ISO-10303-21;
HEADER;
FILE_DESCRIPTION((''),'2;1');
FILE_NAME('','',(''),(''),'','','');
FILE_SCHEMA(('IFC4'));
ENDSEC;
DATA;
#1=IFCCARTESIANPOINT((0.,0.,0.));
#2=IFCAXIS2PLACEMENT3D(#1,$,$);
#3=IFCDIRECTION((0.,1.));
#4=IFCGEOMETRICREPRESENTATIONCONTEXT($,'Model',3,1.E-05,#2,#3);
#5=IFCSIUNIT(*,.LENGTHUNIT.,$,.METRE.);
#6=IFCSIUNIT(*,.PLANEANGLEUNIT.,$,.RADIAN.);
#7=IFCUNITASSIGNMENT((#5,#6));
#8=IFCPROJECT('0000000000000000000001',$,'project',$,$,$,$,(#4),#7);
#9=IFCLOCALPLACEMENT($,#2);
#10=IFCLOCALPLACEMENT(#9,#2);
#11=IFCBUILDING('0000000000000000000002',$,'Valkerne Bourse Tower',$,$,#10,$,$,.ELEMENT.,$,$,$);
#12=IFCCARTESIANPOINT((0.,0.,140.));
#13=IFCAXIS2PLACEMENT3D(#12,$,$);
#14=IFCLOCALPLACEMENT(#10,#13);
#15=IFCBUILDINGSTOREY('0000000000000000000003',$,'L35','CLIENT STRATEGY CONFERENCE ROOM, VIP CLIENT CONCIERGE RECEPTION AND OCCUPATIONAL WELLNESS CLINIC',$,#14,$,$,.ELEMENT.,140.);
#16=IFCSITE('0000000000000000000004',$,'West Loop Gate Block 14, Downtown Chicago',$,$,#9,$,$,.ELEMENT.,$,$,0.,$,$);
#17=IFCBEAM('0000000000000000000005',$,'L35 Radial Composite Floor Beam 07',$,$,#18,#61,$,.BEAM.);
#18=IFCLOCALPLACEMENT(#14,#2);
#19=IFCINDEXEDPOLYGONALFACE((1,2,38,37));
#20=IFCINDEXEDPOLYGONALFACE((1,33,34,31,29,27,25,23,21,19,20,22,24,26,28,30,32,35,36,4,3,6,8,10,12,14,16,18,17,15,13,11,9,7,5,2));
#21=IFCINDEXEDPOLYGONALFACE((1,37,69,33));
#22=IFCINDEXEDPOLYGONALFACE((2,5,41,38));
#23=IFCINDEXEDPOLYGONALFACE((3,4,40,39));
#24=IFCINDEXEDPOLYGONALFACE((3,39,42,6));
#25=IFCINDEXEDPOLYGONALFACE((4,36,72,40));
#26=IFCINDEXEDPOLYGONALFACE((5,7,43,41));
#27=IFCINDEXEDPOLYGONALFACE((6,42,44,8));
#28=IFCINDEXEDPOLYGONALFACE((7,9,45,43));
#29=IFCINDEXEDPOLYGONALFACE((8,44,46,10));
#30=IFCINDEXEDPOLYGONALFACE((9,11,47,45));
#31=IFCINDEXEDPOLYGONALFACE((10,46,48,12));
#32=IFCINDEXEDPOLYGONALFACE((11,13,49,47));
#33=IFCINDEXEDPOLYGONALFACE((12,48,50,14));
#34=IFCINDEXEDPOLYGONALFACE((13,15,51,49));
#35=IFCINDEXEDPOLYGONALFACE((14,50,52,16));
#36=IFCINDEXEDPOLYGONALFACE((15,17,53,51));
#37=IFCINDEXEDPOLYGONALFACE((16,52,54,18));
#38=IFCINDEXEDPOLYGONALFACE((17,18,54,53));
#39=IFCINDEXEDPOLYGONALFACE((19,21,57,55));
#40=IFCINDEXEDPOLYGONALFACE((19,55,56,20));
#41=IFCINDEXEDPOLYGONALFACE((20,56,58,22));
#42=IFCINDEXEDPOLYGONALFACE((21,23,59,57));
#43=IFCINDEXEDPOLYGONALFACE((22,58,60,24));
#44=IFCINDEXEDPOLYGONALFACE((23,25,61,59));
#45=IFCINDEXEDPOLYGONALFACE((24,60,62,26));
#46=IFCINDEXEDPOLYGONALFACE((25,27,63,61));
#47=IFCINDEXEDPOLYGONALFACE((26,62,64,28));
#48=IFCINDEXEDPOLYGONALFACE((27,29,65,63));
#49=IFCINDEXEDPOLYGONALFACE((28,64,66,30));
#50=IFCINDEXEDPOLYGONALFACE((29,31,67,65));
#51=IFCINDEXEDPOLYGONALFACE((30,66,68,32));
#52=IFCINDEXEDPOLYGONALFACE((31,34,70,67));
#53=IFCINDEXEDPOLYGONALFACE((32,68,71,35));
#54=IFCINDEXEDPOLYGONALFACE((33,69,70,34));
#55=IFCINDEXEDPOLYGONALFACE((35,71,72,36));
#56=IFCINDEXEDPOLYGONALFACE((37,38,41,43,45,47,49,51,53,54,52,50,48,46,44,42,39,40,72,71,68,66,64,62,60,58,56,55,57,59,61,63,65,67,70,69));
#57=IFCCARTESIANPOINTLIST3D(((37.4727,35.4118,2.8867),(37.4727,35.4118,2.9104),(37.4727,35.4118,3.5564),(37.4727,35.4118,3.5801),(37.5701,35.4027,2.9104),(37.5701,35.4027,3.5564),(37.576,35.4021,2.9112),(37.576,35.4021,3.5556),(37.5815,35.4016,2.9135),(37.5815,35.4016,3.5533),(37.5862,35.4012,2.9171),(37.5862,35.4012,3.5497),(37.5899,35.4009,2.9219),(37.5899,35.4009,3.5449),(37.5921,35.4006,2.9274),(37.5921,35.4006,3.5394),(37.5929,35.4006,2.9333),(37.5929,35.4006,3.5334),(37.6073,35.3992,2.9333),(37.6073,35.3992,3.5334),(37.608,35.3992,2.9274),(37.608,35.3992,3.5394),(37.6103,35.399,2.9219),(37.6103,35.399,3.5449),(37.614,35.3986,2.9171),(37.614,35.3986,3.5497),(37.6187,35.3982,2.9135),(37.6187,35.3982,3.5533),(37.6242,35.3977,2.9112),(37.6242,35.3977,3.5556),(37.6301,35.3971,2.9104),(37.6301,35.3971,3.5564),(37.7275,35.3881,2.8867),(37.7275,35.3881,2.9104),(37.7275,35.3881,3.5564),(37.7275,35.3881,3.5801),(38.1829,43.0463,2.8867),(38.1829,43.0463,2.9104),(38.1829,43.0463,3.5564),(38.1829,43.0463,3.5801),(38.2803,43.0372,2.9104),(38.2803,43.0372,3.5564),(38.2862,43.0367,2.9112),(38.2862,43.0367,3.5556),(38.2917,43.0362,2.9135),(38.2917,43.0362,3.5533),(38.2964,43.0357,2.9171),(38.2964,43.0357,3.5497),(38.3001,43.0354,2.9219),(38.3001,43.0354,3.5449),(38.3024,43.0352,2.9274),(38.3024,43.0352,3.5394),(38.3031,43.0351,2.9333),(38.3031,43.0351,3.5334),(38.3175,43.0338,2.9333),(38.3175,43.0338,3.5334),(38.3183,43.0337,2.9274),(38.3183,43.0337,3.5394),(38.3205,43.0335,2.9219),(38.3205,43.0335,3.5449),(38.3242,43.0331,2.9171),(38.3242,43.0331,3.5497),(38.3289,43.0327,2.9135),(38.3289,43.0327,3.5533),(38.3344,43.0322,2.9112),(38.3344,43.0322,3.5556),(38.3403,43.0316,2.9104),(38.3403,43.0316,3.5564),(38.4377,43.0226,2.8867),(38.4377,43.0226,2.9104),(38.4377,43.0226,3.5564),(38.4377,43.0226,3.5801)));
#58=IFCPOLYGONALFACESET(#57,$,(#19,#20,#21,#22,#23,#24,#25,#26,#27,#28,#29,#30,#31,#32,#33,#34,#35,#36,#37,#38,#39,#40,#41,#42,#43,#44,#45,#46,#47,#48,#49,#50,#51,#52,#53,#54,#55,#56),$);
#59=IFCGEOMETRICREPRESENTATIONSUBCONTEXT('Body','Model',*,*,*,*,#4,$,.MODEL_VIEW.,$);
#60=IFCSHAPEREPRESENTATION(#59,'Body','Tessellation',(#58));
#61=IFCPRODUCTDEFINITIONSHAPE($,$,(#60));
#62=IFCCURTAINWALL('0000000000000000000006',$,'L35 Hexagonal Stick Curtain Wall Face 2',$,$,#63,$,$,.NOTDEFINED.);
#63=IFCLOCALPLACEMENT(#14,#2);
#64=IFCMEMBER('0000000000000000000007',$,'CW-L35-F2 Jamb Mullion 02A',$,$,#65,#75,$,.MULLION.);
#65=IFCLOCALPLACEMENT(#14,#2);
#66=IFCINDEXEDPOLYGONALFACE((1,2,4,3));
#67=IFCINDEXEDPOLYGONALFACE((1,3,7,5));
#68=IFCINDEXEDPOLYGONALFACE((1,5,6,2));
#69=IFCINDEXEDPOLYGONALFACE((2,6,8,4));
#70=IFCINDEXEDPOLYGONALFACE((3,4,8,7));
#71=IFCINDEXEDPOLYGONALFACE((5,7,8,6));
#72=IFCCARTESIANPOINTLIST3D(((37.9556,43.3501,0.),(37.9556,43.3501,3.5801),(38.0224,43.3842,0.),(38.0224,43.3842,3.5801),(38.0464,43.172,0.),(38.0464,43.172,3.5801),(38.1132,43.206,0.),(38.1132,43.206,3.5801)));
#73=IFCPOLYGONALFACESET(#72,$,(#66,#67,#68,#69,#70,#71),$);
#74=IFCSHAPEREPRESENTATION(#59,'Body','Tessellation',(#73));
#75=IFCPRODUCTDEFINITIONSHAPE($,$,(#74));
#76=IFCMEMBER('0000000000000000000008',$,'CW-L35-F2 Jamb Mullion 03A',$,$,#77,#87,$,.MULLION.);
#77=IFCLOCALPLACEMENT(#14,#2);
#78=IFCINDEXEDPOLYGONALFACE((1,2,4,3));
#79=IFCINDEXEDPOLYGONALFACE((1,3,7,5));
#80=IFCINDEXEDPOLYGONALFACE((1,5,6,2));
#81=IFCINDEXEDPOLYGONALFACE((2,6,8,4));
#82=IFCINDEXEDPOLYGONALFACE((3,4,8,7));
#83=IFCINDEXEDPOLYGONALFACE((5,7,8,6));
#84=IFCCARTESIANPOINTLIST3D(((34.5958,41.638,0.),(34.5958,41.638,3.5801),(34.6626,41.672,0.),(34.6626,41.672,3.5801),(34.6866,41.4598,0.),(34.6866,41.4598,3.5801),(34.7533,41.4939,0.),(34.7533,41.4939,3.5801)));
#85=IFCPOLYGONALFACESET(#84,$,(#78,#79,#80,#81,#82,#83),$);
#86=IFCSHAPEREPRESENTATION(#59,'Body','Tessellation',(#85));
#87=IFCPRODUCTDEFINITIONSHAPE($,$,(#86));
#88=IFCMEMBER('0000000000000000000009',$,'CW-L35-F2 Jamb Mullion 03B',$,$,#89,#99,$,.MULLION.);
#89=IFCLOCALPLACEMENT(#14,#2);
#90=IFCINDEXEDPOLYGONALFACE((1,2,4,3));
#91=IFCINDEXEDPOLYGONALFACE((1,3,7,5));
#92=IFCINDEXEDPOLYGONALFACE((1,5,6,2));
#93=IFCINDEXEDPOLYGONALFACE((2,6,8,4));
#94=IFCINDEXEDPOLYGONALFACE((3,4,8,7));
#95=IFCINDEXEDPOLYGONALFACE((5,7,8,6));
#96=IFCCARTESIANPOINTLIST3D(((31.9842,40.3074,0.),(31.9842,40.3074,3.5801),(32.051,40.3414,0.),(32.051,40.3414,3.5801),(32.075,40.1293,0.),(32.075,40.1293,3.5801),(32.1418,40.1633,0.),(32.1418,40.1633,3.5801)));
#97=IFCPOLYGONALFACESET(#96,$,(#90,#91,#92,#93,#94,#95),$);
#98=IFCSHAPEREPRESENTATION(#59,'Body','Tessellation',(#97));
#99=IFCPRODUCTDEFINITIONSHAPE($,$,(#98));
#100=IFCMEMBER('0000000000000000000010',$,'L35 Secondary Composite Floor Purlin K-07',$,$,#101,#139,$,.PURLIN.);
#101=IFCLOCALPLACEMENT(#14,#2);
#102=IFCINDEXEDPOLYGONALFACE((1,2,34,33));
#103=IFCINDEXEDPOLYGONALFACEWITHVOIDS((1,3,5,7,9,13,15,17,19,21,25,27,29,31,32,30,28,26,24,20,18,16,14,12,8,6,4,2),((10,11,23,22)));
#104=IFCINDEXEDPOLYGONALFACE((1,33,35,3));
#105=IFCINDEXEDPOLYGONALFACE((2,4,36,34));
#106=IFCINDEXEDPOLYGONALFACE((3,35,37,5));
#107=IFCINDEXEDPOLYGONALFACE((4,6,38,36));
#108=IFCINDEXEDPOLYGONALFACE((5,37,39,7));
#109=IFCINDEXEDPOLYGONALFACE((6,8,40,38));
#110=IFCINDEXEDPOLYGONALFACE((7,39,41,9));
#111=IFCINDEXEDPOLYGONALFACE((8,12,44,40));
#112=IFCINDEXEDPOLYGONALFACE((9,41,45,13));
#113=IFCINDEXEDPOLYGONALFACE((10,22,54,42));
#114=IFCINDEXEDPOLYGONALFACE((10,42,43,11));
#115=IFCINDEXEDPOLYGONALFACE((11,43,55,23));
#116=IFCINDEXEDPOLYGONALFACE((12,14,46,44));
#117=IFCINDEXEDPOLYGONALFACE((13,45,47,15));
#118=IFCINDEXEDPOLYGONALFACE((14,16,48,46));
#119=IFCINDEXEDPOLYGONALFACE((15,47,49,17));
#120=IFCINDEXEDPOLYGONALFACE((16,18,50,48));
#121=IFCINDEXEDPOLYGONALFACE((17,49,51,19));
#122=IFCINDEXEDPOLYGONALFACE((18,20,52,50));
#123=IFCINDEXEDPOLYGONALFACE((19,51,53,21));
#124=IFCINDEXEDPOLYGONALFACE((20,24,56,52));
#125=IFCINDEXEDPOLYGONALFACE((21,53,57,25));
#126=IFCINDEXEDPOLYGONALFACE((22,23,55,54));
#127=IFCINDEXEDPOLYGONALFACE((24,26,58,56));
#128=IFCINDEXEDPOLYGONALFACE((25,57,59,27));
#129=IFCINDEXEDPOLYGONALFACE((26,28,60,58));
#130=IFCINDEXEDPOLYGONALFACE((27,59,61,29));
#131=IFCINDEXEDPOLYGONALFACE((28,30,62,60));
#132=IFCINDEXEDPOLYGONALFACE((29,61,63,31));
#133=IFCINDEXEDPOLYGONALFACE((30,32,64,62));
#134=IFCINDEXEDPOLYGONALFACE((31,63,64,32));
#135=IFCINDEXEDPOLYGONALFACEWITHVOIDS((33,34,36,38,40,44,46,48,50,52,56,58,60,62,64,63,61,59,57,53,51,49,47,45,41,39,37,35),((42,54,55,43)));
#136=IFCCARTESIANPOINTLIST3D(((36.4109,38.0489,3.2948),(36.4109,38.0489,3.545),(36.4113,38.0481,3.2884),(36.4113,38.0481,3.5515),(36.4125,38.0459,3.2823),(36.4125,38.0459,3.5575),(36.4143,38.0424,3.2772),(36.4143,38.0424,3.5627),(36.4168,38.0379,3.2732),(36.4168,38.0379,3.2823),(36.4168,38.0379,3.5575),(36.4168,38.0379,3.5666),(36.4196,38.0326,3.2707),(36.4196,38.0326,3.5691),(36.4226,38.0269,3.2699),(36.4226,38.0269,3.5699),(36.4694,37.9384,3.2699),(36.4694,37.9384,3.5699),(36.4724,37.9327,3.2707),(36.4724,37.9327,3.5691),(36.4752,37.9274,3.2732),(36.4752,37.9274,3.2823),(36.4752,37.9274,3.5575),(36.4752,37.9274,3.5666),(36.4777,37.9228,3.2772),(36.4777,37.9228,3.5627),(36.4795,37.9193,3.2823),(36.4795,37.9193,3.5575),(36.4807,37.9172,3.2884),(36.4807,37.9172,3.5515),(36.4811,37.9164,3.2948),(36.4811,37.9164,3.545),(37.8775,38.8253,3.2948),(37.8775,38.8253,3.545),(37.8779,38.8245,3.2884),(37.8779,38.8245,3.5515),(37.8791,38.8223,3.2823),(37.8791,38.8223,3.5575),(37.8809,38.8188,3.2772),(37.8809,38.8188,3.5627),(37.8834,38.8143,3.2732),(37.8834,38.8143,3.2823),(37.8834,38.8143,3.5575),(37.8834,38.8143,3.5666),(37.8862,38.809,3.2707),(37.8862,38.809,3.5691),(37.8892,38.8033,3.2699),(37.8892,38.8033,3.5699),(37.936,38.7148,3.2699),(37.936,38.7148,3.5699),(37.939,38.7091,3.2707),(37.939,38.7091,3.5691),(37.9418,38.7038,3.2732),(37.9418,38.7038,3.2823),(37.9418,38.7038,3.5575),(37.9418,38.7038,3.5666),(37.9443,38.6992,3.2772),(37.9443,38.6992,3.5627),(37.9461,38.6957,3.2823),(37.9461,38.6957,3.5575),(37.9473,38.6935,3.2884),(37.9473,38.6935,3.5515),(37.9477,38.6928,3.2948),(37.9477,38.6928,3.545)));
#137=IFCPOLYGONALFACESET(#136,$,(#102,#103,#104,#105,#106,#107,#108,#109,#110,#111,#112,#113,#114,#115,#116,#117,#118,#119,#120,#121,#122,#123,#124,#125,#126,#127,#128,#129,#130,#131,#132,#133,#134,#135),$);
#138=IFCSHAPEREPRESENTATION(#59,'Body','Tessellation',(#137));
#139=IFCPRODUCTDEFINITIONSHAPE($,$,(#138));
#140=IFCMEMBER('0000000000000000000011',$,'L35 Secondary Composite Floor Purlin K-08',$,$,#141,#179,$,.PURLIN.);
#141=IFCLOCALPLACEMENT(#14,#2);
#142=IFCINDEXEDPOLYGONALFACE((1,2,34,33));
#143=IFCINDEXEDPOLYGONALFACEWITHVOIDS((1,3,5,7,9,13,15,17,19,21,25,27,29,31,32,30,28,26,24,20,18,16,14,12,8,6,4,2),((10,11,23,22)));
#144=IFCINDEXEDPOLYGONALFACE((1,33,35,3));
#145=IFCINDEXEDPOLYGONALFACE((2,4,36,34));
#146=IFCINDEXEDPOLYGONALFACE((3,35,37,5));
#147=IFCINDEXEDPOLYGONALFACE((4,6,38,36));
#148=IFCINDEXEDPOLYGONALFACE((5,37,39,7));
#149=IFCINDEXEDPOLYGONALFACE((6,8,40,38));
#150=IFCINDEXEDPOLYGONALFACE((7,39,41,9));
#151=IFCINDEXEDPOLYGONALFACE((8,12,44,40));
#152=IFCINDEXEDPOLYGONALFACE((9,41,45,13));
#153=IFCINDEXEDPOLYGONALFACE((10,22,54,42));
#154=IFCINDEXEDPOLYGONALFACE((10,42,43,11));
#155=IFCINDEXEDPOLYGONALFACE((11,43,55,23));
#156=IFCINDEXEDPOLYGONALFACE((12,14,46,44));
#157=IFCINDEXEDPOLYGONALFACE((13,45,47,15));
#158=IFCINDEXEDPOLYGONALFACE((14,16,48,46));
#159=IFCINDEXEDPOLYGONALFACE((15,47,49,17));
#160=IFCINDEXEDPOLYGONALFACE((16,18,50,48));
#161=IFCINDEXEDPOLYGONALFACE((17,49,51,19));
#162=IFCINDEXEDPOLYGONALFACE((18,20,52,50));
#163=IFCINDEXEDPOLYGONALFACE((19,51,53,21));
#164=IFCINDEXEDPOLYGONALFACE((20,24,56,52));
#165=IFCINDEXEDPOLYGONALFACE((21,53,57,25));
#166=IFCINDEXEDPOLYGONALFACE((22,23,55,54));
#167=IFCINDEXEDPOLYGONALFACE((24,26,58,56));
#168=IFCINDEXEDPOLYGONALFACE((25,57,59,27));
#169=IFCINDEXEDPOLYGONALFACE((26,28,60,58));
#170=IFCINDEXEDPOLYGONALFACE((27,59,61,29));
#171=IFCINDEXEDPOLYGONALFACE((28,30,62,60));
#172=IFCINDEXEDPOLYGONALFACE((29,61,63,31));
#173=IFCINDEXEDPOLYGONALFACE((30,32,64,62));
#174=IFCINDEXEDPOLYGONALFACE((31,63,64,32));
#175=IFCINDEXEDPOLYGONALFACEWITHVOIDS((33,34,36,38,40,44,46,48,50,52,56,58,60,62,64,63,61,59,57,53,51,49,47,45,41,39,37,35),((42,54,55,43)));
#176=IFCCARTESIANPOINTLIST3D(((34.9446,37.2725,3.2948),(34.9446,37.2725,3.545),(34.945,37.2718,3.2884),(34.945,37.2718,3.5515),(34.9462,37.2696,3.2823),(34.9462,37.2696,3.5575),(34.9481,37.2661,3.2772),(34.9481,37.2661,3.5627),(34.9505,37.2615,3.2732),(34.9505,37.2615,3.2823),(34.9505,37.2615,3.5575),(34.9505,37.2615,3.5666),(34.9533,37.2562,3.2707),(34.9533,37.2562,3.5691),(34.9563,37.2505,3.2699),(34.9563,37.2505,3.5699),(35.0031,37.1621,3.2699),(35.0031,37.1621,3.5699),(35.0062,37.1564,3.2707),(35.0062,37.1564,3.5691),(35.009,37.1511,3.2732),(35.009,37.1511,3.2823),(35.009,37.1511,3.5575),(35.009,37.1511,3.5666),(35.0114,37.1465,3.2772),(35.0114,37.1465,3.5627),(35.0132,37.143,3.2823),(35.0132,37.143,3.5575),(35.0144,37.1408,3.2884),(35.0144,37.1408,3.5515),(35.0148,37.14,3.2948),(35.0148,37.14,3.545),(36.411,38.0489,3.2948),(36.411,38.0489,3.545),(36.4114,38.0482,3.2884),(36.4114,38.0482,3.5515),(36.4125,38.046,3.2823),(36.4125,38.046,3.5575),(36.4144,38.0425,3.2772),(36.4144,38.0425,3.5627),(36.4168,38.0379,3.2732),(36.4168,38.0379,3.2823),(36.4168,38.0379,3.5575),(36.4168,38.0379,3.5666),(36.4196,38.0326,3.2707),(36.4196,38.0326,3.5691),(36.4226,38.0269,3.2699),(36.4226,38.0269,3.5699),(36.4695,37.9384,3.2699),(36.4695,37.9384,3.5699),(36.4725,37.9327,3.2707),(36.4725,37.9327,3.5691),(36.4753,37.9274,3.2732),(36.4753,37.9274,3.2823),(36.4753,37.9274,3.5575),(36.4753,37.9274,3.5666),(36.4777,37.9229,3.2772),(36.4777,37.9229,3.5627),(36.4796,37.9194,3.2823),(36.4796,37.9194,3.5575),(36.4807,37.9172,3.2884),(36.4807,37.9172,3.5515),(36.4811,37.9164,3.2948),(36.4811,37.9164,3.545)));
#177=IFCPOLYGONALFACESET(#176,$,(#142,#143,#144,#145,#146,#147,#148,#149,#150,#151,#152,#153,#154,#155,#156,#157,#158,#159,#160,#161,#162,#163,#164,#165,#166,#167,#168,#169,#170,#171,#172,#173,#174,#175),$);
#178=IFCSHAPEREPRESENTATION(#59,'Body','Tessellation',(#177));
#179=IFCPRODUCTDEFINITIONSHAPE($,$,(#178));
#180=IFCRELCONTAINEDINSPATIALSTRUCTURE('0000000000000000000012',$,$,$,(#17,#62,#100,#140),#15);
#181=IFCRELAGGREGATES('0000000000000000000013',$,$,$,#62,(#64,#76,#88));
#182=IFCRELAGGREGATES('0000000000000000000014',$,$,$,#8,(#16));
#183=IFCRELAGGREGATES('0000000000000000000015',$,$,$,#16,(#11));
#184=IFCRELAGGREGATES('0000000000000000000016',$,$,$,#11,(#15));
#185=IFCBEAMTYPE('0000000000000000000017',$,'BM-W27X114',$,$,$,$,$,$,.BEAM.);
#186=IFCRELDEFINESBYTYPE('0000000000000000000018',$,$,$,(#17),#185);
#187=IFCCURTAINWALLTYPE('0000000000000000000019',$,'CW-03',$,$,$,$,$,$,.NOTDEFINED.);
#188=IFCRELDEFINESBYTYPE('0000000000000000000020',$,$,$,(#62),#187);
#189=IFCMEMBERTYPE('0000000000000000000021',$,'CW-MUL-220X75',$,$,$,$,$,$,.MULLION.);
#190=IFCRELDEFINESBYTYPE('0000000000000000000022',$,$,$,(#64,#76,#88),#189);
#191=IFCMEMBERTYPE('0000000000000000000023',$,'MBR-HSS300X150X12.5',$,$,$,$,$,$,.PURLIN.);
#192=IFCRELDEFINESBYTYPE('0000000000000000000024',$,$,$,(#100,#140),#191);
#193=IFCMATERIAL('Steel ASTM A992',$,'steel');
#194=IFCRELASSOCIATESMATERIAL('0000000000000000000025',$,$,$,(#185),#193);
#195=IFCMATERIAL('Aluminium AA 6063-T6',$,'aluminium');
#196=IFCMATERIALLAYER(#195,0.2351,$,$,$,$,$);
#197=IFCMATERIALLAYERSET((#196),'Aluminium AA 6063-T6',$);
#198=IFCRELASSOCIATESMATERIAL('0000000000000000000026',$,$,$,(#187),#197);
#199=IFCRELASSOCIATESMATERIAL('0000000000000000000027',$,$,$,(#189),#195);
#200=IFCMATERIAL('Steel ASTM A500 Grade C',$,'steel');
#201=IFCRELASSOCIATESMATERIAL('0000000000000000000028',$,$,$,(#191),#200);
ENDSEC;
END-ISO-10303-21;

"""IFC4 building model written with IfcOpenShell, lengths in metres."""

from ifc_helpers import new_model, si_unit, direction, frame, origin, origin_2d, place, context, subcontext, project, spatial, rectangle, hollow_rectangle, i_section, extrude, material, layer, layer_set, material_profile, profile_set, type_object, element, aggregate, save


model = new_model("IFC4")

# Units and contexts
model_context = context("Model", 3, precision=1e-05, world=origin(), true_north=direction((0.0, 1.0)))
body_context = subcontext(model_context, "Body", "Model", "MODEL_VIEW")
ifc_project = project(units=[si_unit("LENGTHUNIT", "METRE"), si_unit("PLANEANGLEUNIT", "RADIAN")], contexts=[model_context])

# Site, building, storey
site_placement = place(None, origin())
site = spatial("IfcSite", under=ifc_project, at=site_placement, Name="West Loop Gate Block 14, Downtown Chicago", CompositionType="ELEMENT", RefElevation=0.0)
building_placement = place(site_placement, origin())
building = spatial("IfcBuilding", under=site, at=building_placement, Name="Valkerne Bourse Tower", CompositionType="ELEMENT")
storey_placement = place(building_placement, frame((0.0, 0.0, 140.0)))
storey = spatial("IfcBuildingStorey", under=building, at=storey_placement, Name="L35", Description="CLIENT STRATEGY CONFERENCE ROOM, VIP CLIENT CONCIERGE RECEPTION AND OCCUPATIONAL WELLNESS CLINIC", CompositionType="ELEMENT", Elevation=140.0)

# Beam
ifc_material_1 = material(Name="Steel ASTM A992", Category="steel")
ifc_material_profile_1 = material_profile(ifc_material_1, i_section(OverallWidth=0.2559, OverallDepth=0.6934, WebThickness=0.0144, FlangeThickness=0.0237, FilletRadius=0.0229, at=origin_2d()), Name="W27X114")
ifc_profile_set_1 = profile_set([ifc_material_profile_1], Name="Steel ASTM A992")
beam_type_1 = type_object("IfcBeamType", Name="BM-W27X114", PredefinedType="BEAM", material=ifc_profile_set_1)
beam_1_placement = place(storey_placement, frame((38.3103, 43.0344, 3.2334), z_axis=(-0.092626, -0.995701, 0.0), x_axis=(0.995701, -0.092626, 0.0)))
element("IfcBeam", 1, at=beam_1_placement, inside=storey, type_object=beam_type_1, Name="L35 Radial Composite Floor Beam 07", PredefinedType="BEAM", context=body_context, shape_type="SweptSolid", body=[
    extrude(i_section(OverallWidth=0.2559, OverallDepth=0.6934, WebThickness=0.0144, FlangeThickness=0.0237, FilletRadius=0.0229, at=origin_2d()), origin(), (0.0, 0.0, 1.0), 7.6675),
])

# Curtain wall, members
ifc_material_2 = material(Name="Aluminium AA 6063-T6", Category="aluminium")
ifc_layer_1 = layer(ifc_material_2, 0.2351)
ifc_layer_set_1 = layer_set([ifc_layer_1], Name="Aluminium AA 6063-T6")
curtain_wall_type = type_object("IfcCurtainWallType", Name="CW-03", PredefinedType="NOTDEFINED", material=ifc_layer_set_1)
curtain_wall_placement = place(storey_placement, origin())
curtain_wall = element("IfcCurtainWall", 2, at=curtain_wall_placement, inside=storey, type_object=curtain_wall_type, Name="L35 Hexagonal Stick Curtain Wall Face 2", PredefinedType="NOTDEFINED")
ifc_material_profile_2 = material_profile(ifc_material_2, rectangle(XDim=0.075, YDim=0.2, at=origin_2d()), Name="CWM-75X200")
ifc_profile_set_2 = profile_set([ifc_material_profile_2], Name="Aluminium AA 6063-T6")
member_type_1 = type_object("IfcMemberType", Name="CW-MUL-220X75", PredefinedType="MULLION", material=ifc_profile_set_2)
member_1_placement = place(storey_placement, frame((38.0344, 43.2781, 0.0), z_axis=(0.0, 0.0, 1.0), x_axis=(-0.891002, -0.454, 0.0)))
member_1 = element("IfcMember", 3, at=member_1_placement, type_object=member_type_1, Name="CW-L35-F2 Jamb Mullion 02A", PredefinedType="MULLION", context=body_context, shape_type="SweptSolid", body=[
    extrude(rectangle(XDim=0.075, YDim=0.2, at=origin_2d()), origin(), (0.0, 0.0, 1.0), 3.5801),
])
member_2_placement = place(storey_placement, frame((34.6746, 41.5659, 0.0), z_axis=(0.0, 0.0, 1.0), x_axis=(-0.891007, -0.453989, 0.0)))
member_2 = element("IfcMember", 4, at=member_2_placement, type_object=member_type_1, Name="CW-L35-F2 Jamb Mullion 03A", PredefinedType="MULLION", context=body_context, shape_type="SweptSolid", body=[
    extrude(rectangle(XDim=0.075, YDim=0.2, at=origin_2d()), origin(), (0.0, 0.0, 1.0), 3.5801),
])
member_3_placement = place(storey_placement, frame((32.063, 40.2354, 0.0), z_axis=(0.0, 0.0, 1.0), x_axis=(-0.891007, -0.453989, 0.0)))
member_3 = element("IfcMember", 5, at=member_3_placement, type_object=member_type_1, Name="CW-L35-F2 Jamb Mullion 03B", PredefinedType="MULLION", context=body_context, shape_type="SweptSolid", body=[
    extrude(rectangle(XDim=0.075, YDim=0.2, at=origin_2d()), origin(), (0.0, 0.0, 1.0), 3.5801),
])

# Members
ifc_material_3 = material(Name="Steel ASTM A500 Grade C", Category="steel")
ifc_material_profile_3 = material_profile(ifc_material_3, hollow_rectangle(XDim=0.1499, YDim=0.3, WallThickness=0.0125, OuterFilletRadius=0.0249, at=origin_2d()), Name="HSS300X150X12.5")
ifc_profile_set_3 = profile_set([ifc_material_profile_3], Name="Steel ASTM A500 Grade C")
member_type_2 = type_object("IfcMemberType", Name="MBR-HSS300X150X12.5", PredefinedType="PURLIN", material=ifc_profile_set_3)
member_4_placement = place(storey_placement, frame((37.9126, 38.759, 3.4199), z_axis=(-0.883799, -0.467867, 0.0), x_axis=(0.467867, -0.883799, 0.0)))
element("IfcMember", 6, at=member_4_placement, inside=storey, type_object=member_type_2, Name="L35 Secondary Composite Floor Purlin K-07", PredefinedType="PURLIN", context=body_context, shape_type="SweptSolid", body=[
    extrude(hollow_rectangle(XDim=0.1499, YDim=0.3, WallThickness=0.0125, OuterFilletRadius=0.0249, at=origin_2d()), origin(), (0.0, 0.0, 1.0), 1.6594),
])
member_5_placement = place(storey_placement, frame((36.446, 37.9827, 3.4199), z_axis=(-0.883766, -0.467928, 0.0), x_axis=(0.467928, -0.883766, 0.0)))
element("IfcMember", 7, at=member_5_placement, inside=storey, type_object=member_type_2, Name="L35 Secondary Composite Floor Purlin K-08", PredefinedType="PURLIN", context=body_context, shape_type="SweptSolid", body=[
    extrude(hollow_rectangle(XDim=0.1499, YDim=0.3, WallThickness=0.0125, OuterFilletRadius=0.0249, at=origin_2d()), origin(), (0.0, 0.0, 1.0), 1.6592),
])

aggregate(curtain_wall, [member_1, member_2, member_3])

save(model, "model.ifc")
